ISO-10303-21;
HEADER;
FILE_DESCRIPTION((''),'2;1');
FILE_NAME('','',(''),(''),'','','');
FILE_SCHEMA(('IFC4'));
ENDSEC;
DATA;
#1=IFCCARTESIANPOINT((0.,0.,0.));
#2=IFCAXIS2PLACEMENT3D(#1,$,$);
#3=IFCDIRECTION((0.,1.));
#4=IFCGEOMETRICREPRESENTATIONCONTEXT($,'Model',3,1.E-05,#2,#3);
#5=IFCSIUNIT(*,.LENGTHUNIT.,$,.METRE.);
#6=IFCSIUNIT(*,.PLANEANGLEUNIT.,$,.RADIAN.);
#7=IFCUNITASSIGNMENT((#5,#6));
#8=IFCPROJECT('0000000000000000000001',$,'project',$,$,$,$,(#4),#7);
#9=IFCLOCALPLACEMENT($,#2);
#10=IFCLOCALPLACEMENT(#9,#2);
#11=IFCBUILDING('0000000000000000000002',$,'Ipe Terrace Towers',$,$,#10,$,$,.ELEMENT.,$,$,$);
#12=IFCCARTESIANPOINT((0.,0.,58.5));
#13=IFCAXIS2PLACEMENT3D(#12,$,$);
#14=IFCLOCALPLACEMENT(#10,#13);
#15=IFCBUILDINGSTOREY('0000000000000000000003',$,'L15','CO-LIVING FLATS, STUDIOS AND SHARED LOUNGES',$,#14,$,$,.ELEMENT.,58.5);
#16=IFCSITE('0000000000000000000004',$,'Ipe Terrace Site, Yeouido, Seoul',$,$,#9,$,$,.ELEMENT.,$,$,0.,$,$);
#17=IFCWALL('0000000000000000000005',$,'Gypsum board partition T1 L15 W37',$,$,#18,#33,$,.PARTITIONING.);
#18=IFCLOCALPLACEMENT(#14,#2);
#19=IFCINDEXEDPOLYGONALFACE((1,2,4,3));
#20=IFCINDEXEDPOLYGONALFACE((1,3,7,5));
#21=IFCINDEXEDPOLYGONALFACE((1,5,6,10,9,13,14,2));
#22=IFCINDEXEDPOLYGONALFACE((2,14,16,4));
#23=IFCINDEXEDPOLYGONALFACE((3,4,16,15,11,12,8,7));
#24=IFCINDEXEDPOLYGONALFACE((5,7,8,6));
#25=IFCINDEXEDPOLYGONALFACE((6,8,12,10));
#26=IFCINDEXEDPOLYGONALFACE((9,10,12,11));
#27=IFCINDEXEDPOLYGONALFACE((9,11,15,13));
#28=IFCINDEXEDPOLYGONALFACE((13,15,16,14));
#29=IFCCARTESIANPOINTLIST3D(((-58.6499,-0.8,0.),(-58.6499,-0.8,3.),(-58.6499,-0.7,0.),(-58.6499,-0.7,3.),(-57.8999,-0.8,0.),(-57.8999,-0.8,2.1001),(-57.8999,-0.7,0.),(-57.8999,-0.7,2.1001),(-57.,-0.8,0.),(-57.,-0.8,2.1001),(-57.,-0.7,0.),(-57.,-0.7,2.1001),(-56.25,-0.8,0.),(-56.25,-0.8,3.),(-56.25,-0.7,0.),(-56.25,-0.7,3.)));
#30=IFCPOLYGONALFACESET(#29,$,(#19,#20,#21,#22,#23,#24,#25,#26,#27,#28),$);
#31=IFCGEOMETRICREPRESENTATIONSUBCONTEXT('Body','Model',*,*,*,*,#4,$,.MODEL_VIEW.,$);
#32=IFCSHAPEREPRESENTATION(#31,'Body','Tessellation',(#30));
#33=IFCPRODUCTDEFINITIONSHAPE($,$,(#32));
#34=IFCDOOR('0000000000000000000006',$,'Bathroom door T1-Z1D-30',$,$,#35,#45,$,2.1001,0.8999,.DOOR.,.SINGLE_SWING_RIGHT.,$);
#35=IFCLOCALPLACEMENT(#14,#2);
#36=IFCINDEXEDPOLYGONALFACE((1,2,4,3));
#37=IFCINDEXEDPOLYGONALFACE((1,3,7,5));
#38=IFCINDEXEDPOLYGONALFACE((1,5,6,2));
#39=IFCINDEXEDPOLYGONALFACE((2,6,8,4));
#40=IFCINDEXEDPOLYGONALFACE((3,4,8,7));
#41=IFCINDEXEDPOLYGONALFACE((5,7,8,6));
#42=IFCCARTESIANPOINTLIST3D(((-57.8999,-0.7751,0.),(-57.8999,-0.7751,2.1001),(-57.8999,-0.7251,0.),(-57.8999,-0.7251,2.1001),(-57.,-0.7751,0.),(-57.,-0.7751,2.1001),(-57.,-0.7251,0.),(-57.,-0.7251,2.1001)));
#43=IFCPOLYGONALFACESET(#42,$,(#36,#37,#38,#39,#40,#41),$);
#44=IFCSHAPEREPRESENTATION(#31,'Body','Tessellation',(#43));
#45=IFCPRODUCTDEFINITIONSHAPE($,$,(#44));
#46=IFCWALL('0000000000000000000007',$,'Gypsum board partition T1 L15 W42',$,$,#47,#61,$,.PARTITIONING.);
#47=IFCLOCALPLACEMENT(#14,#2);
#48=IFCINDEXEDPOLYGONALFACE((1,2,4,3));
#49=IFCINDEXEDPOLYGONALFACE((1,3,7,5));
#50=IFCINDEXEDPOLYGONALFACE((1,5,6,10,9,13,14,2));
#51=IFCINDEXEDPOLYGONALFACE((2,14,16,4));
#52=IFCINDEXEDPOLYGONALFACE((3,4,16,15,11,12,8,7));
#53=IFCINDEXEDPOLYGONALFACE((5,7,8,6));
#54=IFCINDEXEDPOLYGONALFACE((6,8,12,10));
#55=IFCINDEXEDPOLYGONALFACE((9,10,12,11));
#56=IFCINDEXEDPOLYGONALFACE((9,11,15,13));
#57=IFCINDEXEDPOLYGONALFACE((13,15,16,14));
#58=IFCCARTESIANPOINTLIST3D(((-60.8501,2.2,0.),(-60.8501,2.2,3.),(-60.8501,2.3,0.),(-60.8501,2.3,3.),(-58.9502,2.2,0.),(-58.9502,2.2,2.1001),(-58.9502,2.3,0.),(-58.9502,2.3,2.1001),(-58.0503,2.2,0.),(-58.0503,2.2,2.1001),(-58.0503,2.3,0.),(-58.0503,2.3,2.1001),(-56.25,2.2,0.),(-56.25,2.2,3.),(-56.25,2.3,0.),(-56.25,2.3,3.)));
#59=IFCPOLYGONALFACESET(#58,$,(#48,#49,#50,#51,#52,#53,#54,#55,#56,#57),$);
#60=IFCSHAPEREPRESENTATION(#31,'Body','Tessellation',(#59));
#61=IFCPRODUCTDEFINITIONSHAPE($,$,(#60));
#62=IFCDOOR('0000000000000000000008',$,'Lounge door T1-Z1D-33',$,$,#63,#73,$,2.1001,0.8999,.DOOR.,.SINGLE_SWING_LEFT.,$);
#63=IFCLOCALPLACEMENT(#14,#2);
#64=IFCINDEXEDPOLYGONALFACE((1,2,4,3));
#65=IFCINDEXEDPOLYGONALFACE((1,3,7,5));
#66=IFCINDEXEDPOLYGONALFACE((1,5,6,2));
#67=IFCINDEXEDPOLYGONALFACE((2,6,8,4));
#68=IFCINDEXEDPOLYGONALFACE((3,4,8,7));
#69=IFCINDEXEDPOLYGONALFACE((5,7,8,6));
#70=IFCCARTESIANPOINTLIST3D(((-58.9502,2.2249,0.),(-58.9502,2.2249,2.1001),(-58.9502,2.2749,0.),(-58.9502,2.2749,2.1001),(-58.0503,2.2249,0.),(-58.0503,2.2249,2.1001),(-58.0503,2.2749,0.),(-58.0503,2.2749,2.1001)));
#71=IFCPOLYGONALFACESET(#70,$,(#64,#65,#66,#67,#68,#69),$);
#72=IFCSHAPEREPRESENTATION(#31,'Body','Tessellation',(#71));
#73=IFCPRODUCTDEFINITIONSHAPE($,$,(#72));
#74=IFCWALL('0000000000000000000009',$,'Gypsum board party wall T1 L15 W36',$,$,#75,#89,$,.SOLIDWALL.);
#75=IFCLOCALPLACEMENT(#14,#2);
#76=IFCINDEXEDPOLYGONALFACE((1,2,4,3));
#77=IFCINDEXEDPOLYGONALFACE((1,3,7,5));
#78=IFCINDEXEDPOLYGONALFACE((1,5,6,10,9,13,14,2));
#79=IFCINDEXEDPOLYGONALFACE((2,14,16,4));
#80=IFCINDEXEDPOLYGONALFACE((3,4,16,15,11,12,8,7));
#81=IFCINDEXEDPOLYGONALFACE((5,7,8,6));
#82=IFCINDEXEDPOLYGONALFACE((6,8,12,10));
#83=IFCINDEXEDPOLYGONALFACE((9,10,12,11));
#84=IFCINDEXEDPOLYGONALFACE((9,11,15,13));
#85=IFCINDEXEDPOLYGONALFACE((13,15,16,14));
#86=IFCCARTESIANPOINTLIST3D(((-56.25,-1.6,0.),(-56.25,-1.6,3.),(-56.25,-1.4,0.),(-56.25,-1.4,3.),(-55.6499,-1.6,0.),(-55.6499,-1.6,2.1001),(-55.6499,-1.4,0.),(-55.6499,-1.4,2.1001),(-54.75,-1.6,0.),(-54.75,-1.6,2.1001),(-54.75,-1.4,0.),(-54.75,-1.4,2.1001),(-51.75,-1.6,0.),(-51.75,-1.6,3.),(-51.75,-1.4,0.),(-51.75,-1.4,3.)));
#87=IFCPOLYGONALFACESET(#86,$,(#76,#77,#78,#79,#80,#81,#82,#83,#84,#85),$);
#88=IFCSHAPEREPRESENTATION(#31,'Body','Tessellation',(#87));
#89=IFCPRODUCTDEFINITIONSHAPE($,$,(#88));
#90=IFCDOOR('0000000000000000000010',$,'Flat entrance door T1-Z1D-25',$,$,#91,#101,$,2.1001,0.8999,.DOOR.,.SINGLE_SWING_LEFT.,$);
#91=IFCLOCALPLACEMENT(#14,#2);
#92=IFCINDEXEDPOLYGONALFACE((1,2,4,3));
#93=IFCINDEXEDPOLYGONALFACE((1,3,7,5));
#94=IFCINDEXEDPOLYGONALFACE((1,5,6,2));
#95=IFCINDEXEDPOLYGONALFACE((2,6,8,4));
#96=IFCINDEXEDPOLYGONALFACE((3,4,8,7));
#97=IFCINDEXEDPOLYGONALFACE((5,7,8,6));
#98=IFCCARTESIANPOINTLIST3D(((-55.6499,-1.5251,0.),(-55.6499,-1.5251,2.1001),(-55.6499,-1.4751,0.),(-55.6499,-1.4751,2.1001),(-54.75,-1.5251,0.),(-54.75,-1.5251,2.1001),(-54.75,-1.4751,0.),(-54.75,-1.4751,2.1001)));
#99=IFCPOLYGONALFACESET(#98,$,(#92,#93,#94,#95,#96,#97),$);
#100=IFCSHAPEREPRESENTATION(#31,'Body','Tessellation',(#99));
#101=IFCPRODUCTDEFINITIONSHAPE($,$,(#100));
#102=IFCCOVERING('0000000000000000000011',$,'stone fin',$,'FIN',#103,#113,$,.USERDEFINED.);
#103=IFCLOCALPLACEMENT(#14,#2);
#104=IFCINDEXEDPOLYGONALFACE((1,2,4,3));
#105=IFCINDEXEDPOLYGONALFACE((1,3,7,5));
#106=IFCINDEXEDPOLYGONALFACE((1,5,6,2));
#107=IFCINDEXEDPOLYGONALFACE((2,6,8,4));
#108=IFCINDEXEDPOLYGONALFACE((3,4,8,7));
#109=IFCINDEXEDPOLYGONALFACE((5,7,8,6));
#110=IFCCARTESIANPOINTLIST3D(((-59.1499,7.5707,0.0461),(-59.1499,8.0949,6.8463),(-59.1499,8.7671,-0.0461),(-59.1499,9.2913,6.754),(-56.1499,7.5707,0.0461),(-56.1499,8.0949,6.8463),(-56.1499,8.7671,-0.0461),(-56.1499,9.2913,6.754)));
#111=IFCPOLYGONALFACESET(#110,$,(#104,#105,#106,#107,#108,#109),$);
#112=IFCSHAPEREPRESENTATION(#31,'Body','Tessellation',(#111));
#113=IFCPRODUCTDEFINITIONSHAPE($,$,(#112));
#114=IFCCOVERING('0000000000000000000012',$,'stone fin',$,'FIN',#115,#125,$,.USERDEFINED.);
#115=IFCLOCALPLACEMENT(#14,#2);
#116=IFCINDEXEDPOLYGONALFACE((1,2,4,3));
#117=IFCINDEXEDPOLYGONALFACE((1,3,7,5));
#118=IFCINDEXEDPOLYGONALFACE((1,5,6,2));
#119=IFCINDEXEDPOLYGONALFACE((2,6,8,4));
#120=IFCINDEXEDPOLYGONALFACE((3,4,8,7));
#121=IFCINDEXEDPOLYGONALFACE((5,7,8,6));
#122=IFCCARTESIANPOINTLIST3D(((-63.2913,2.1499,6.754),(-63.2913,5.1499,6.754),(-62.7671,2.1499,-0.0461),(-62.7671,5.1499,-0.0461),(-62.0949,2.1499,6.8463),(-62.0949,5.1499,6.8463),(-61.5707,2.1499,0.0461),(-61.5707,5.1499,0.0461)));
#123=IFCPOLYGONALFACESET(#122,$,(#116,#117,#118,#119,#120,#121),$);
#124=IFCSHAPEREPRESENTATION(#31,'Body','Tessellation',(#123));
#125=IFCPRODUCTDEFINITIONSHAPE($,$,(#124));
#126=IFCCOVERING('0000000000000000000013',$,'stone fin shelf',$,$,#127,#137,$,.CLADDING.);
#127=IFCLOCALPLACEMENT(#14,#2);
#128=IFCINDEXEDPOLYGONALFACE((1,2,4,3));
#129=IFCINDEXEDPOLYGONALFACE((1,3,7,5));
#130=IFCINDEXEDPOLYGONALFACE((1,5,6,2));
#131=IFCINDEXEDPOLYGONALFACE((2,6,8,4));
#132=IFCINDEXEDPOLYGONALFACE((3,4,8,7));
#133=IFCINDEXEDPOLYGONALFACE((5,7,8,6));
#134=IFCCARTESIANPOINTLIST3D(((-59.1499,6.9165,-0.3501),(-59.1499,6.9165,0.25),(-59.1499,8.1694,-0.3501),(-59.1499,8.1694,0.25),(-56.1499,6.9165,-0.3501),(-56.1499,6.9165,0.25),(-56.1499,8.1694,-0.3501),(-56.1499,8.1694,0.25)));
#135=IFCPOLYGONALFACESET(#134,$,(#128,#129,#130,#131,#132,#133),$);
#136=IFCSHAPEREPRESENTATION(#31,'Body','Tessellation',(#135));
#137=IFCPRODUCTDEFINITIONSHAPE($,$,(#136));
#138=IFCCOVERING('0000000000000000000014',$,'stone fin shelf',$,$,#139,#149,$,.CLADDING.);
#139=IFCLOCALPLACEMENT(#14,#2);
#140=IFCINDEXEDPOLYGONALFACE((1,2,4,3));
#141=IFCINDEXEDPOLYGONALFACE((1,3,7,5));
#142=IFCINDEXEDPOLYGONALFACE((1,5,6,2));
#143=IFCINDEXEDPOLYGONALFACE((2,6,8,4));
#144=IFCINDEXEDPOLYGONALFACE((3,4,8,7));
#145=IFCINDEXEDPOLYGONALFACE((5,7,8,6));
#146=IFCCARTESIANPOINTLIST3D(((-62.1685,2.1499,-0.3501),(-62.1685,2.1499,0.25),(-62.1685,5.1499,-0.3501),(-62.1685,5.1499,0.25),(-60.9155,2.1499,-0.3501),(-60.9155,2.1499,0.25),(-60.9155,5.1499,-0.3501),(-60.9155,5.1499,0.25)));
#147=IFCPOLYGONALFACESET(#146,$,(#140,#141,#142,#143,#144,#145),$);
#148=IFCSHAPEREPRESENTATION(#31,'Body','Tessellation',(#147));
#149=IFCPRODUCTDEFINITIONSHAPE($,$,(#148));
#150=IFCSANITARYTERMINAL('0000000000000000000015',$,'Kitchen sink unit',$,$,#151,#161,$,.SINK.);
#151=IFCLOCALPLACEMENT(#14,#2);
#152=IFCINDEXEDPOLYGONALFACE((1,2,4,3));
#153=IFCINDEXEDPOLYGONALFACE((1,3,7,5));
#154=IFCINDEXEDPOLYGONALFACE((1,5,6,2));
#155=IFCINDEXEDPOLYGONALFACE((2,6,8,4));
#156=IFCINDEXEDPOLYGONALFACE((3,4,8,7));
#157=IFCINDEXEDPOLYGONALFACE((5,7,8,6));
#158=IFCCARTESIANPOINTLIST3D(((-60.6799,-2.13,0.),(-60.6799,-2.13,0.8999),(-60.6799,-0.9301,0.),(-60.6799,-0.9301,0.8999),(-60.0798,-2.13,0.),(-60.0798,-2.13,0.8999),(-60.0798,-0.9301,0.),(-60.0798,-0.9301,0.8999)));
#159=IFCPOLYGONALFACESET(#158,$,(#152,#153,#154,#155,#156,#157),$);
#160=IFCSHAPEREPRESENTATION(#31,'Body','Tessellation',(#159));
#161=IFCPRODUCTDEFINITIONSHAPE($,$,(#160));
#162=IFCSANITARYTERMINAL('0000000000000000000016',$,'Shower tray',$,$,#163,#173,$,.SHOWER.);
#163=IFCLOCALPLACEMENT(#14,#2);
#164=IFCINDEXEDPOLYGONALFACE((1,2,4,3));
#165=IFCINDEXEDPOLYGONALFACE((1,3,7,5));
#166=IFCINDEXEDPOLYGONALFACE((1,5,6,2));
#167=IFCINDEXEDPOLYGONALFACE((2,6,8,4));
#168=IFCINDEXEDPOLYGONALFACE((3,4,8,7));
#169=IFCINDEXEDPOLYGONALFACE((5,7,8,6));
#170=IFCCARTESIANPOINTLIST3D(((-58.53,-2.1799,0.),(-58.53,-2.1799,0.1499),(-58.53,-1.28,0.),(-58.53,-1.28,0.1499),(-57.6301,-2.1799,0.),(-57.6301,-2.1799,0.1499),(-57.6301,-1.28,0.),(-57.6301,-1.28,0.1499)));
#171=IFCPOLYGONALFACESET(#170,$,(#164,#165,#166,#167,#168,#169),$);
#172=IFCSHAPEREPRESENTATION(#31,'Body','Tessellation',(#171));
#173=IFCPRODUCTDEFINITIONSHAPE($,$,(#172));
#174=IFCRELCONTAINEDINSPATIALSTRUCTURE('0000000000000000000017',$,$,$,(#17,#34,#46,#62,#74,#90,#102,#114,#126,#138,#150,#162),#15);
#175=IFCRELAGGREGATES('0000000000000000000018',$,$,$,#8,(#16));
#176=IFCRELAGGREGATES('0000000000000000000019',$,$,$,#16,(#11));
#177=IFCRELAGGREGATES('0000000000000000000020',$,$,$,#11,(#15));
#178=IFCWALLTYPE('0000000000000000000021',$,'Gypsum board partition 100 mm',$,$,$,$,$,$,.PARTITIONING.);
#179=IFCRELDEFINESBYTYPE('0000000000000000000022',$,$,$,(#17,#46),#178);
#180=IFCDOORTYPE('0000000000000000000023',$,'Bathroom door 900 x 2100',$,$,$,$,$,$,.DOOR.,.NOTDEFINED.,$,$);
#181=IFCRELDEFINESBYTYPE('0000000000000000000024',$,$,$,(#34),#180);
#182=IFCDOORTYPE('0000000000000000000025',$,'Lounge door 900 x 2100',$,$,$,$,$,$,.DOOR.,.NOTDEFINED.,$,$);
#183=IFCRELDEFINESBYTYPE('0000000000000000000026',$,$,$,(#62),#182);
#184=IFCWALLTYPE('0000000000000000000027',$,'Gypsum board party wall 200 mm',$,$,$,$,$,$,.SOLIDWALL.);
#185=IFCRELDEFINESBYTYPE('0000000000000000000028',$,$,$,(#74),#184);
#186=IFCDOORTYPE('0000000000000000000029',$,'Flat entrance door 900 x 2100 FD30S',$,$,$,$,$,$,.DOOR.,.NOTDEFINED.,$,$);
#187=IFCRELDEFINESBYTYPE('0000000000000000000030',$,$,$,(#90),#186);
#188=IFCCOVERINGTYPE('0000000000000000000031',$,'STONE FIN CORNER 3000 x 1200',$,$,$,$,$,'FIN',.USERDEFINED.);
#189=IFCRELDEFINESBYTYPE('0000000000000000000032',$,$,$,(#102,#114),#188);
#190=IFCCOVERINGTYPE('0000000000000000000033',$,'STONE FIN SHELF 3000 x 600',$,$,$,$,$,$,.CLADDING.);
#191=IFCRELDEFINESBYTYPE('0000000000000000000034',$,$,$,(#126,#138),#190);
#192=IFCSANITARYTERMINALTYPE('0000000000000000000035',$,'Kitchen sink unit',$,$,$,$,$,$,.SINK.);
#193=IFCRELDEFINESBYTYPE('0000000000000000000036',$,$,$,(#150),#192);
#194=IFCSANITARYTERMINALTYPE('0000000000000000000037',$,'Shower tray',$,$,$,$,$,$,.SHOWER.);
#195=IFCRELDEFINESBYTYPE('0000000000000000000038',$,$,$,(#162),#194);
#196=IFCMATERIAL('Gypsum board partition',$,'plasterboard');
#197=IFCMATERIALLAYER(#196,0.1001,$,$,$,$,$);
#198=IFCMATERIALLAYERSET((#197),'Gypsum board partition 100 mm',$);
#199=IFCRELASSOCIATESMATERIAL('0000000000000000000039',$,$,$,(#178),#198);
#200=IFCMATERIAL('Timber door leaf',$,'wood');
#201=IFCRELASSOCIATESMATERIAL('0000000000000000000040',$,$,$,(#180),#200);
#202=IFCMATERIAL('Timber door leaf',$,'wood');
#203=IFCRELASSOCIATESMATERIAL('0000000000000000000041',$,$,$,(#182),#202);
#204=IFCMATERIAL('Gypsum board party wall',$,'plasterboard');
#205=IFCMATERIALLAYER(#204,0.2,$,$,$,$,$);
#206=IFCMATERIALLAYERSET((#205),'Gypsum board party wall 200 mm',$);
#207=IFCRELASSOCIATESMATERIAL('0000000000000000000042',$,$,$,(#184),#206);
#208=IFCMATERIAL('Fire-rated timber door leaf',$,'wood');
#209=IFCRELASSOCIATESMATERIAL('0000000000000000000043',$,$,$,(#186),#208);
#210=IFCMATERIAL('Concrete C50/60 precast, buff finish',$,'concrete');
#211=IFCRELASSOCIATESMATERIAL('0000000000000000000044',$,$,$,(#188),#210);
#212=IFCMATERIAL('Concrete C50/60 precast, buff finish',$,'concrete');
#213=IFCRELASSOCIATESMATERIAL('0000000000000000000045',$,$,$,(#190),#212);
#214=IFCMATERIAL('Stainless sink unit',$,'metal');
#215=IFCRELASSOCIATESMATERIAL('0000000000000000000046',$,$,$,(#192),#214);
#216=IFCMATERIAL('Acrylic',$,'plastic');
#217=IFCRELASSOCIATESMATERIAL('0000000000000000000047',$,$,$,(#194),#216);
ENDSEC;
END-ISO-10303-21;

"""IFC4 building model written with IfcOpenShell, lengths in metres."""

from ifc_helpers import new_model, si_unit, direction, frame, frame_2d, origin, origin_2d, place, context, subcontext, project, spatial, rectangle, extrude, material, layer, layer_set, material_profile, profile_set, type_object, element, fill, save


model = new_model("IFC4")

# Units and contexts
model_context = context("Model", 3, precision=1e-05, world=origin(), true_north=direction((0.0, 1.0)))
body_context = subcontext(model_context, "Body", "Model", "MODEL_VIEW")
ifc_project = project(units=[si_unit("LENGTHUNIT", "METRE"), si_unit("PLANEANGLEUNIT", "RADIAN")], contexts=[model_context])

# Site, building, storey
site_placement = place(None, origin())
site = spatial("IfcSite", under=ifc_project, at=site_placement, Name="Ipe Terrace Site, Yeouido, Seoul", CompositionType="ELEMENT", RefElevation=0.0)
building_placement = place(site_placement, origin())
building = spatial("IfcBuilding", under=site, at=building_placement, Name="Ipe Terrace Towers", CompositionType="ELEMENT")
storey_placement = place(building_placement, frame((0.0, 0.0, 58.5)))
storey = spatial("IfcBuildingStorey", under=building, at=storey_placement, Name="L15", Description="CO-LIVING FLATS, STUDIOS AND SHARED LOUNGES", CompositionType="ELEMENT", Elevation=58.5)

# Walls, openings, doors
ifc_material_1 = material(Name="Gypsum board partition", Category="plasterboard")
ifc_layer_1 = layer(ifc_material_1, 0.1001)
ifc_layer_set_1 = layer_set([ifc_layer_1], Name="Gypsum board partition 100 mm")
wall_type_1 = type_object("IfcWallType", Name="Gypsum board partition 100 mm", PredefinedType="PARTITIONING", material=ifc_layer_set_1)
wall_1_placement = place(storey_placement, frame((-58.6499, -0.75, 0.0), z_axis=(0.0, 0.0, 1.0), x_axis=(1.0, 0.0, 0.0)))
wall_1 = element("IfcWall", 1, at=wall_1_placement, inside=storey, type_object=wall_type_1, Name="Gypsum board partition T1 L15 W37", PredefinedType="PARTITIONING", context=body_context, shape_type="SweptSolid", body=[
    extrude(rectangle(XDim=2.3999, YDim=0.1001, at=frame_2d((1.2, 0.0))), origin(), (0.0, 0.0, 1.0), 3.0),
])
opening_1_placement = place(wall_1_placement, frame((0.75, 0.0, 0.0)))
opening_1 = element("IfcOpeningElement", 2, at=opening_1_placement, cuts=wall_1, PredefinedType="OPENING", context=body_context, shape_type="SweptSolid", body=[
    extrude(rectangle(XDim=0.8999, YDim=2.1001, at=frame_2d((0.45, 1.05))), frame((0.0, 0.0601, 0.0), z_axis=(0.0, -1.0, 0.0), x_axis=(1.0, 0.0, 0.0)), (0.0, 0.0, 1.0), 0.1201),
])
ifc_material_2 = material(Name="Timber door leaf", Category="wood")
door_type_1 = type_object("IfcDoorType", Name="Bathroom door 900 x 2100", OperationType="NOTDEFINED", PredefinedType="DOOR", material=ifc_material_2)
door_1_placement = place(opening_1_placement, origin())
door_1 = element("IfcDoor", 3, at=door_1_placement, inside=storey, type_object=door_type_1, Name="Bathroom door T1-Z1D-30", OperationType="SINGLE_SWING_RIGHT", OverallHeight=2.1001, OverallWidth=0.8999, PredefinedType="DOOR", context=body_context, shape_type="SweptSolid", body=[
    extrude(rectangle(XDim=0.8999, YDim=2.1001, at=frame_2d((0.45, 1.05))), frame((0.0, 0.0249, 0.0), z_axis=(0.0, -1.0, 0.0), x_axis=(1.0, 0.0, 0.0)), (0.0, 0.0, 1.0), 0.05),
])
fill(opening_1, door_1)
wall_2_placement = place(storey_placement, frame((-60.8501, 2.25, 0.0), z_axis=(0.0, 0.0, 1.0), x_axis=(1.0, 0.0, 0.0)))
wall_2 = element("IfcWall", 4, at=wall_2_placement, inside=storey, type_object=wall_type_1, Name="Gypsum board partition T1 L15 W42", PredefinedType="PARTITIONING", context=body_context, shape_type="SweptSolid", body=[
    extrude(rectangle(XDim=4.6001, YDim=0.1001, at=frame_2d((2.3, 0.0))), origin(), (0.0, 0.0, 1.0), 3.0),
])
opening_2_placement = place(wall_2_placement, frame((1.8999, 0.0, 0.0)))
opening_2 = element("IfcOpeningElement", 5, at=opening_2_placement, cuts=wall_2, PredefinedType="OPENING", context=body_context, shape_type="SweptSolid", body=[
    extrude(rectangle(XDim=0.8999, YDim=2.1001, at=frame_2d((0.45, 1.05))), frame((0.0, 0.0601, 0.0), z_axis=(0.0, -1.0, 0.0), x_axis=(1.0, 0.0, 0.0)), (0.0, 0.0, 1.0), 0.1201),
])
ifc_material_3 = material(Name="Timber door leaf", Category="wood")
door_type_2 = type_object("IfcDoorType", Name="Lounge door 900 x 2100", OperationType="NOTDEFINED", PredefinedType="DOOR", material=ifc_material_3)
door_2_placement = place(opening_2_placement, origin())
door_2 = element("IfcDoor", 6, at=door_2_placement, inside=storey, type_object=door_type_2, Name="Lounge door T1-Z1D-33", OperationType="SINGLE_SWING_LEFT", OverallHeight=2.1001, OverallWidth=0.8999, PredefinedType="DOOR", context=body_context, shape_type="SweptSolid", body=[
    extrude(rectangle(XDim=0.8999, YDim=2.1001, at=frame_2d((0.45, 1.05))), frame((0.0, 0.0249, 0.0), z_axis=(0.0, -1.0, 0.0), x_axis=(1.0, 0.0, 0.0)), (0.0, 0.0, 1.0), 0.05),
])
fill(opening_2, door_2)
ifc_material_4 = material(Name="Gypsum board party wall", Category="plasterboard")
ifc_layer_2 = layer(ifc_material_4, 0.2)
ifc_layer_set_2 = layer_set([ifc_layer_2], Name="Gypsum board party wall 200 mm")
wall_type_2 = type_object("IfcWallType", Name="Gypsum board party wall 200 mm", PredefinedType="SOLIDWALL", material=ifc_layer_set_2)
wall_3_placement = place(storey_placement, frame((-56.25, -1.5, 0.0), z_axis=(0.0, 0.0, 1.0), x_axis=(1.0, 0.0, 0.0)))
wall_3 = element("IfcWall", 7, at=wall_3_placement, inside=storey, type_object=wall_type_2, Name="Gypsum board party wall T1 L15 W36", PredefinedType="SOLIDWALL", context=body_context, shape_type="SweptSolid", body=[
    extrude(rectangle(XDim=4.5, YDim=0.2, at=frame_2d((2.25, 0.0))), origin(), (0.0, 0.0, 1.0), 3.0),
])
opening_3_placement = place(wall_3_placement, frame((0.6001, 0.0, 0.0)))
opening_3 = element("IfcOpeningElement", 8, at=opening_3_placement, cuts=wall_3, PredefinedType="OPENING", context=body_context, shape_type="SweptSolid", body=[
    extrude(rectangle(XDim=0.8999, YDim=2.1001, at=frame_2d((0.45, 1.05))), frame((0.0, 0.1099, 0.0), z_axis=(0.0, -1.0, 0.0), x_axis=(1.0, 0.0, 0.0)), (0.0, 0.0, 1.0), 0.22),
])
ifc_material_5 = material(Name="Fire-rated timber door leaf", Category="wood")
door_type_3 = type_object("IfcDoorType", Name="Flat entrance door 900 x 2100 FD30S", OperationType="NOTDEFINED", PredefinedType="DOOR", material=ifc_material_5)
door_3_placement = place(opening_3_placement, origin())
door_3 = element("IfcDoor", 9, at=door_3_placement, inside=storey, type_object=door_type_3, Name="Flat entrance door T1-Z1D-25", OperationType="SINGLE_SWING_LEFT", OverallHeight=2.1001, OverallWidth=0.8999, PredefinedType="DOOR", context=body_context, shape_type="SweptSolid", body=[
    extrude(rectangle(XDim=0.8999, YDim=2.1001, at=frame_2d((0.45, 1.05))), frame((0.0, 0.0249, 0.0), z_axis=(0.0, -1.0, 0.0), x_axis=(1.0, 0.0, 0.0)), (0.0, 0.0, 1.0), 0.05),
])
fill(opening_3, door_3)

# Coverings
ifc_material_6 = material(Name="Concrete C50/60 precast, buff finish", Category="concrete")
ifc_material_profile_1 = material_profile(ifc_material_6, rectangle(XDim=3.0, YDim=1.2, at=origin_2d()), Name="STONE FIN CORNER 3000 x 1200")
ifc_profile_set_1 = profile_set([ifc_material_profile_1], Name="Concrete C50/60 precast, buff finish")
covering_type_1 = type_object("IfcCoveringType", Name="STONE FIN CORNER 3000 x 1200", ElementType="FIN", PredefinedType="USERDEFINED", material=ifc_profile_set_1)
for number, where, z_axis, x_axis, name in (
    (10, (-57.6499, 8.1689, 0.0), (0.0, 0.076855, 0.997042), (-1.0, 0.0, 0.0), "stone fin"),
    (11, (-62.1689, 3.6499, 0.0), (-0.076855, 0.0, 0.997042), (0.0, -1.0, 0.0), "stone fin"),
):
    element("IfcCovering", number, at=place(storey_placement, frame(where, z_axis=z_axis, x_axis=x_axis)), inside=storey, type_object=covering_type_1, Name=name, ObjectType="FIN", PredefinedType="USERDEFINED", context=body_context, shape_type="SweptSolid", body=[
        extrude(rectangle(XDim=3.0, YDim=1.2, at=origin_2d()), origin(), (0.0, 0.0, 1.0), 6.8203),
    ])
ifc_material_7 = material(Name="Concrete C50/60 precast, buff finish", Category="concrete")
covering_type_2 = type_object("IfcCoveringType", Name="STONE FIN SHELF 3000 x 600", PredefinedType="CLADDING", material=ifc_material_7)
for number, where, z_axis, x_axis, name in (
    (12, (-57.6499, 7.543, -0.3501), (0.0, 0.0, 1.0), (-1.0, 0.0, 0.0), "stone fin shelf"),
    (13, (-61.542, 3.6499, -0.3501), (0.0, 0.0, 1.0), (0.0, -1.0, 0.0), "stone fin shelf"),
):
    element("IfcCovering", number, at=place(storey_placement, frame(where, z_axis=z_axis, x_axis=x_axis)), inside=storey, type_object=covering_type_2, Name=name, PredefinedType="CLADDING", context=body_context, shape_type="SweptSolid", body=[
        extrude(rectangle(XDim=3.0, YDim=1.2529, at=origin_2d()), origin(), (0.0, 0.0, 1.0), 0.6001),
    ])

# Sanitary terminals
ifc_material_8 = material(Name="Stainless sink unit", Category="metal")
sanitary_terminal_type_1 = type_object("IfcSanitaryTerminalType", Name="Kitchen sink unit", PredefinedType="SINK", material=ifc_material_8)
sanitary_terminal_1_placement = place(storey_placement, frame((-60.3799, -1.53, 0.0), z_axis=(0.0, 0.0, 1.0), x_axis=(0.0, 1.0, 0.0)))
element("IfcSanitaryTerminal", 14, at=sanitary_terminal_1_placement, inside=storey, type_object=sanitary_terminal_type_1, Name="Kitchen sink unit", PredefinedType="SINK", context=body_context, shape_type="SweptSolid", body=[
    extrude(rectangle(XDim=1.2, YDim=0.6001, at=origin_2d()), origin(), (0.0, 0.0, 1.0), 0.8999),
])
ifc_material_9 = material(Name="Acrylic", Category="plastic")
sanitary_terminal_type_2 = type_object("IfcSanitaryTerminalType", Name="Shower tray", PredefinedType="SHOWER", material=ifc_material_9)
sanitary_terminal_2_placement = place(storey_placement, frame((-58.0801, -1.73, 0.0), z_axis=(0.0, 0.0, 1.0), x_axis=(0.0, 1.0, 0.0)))
element("IfcSanitaryTerminal", 15, at=sanitary_terminal_2_placement, inside=storey, type_object=sanitary_terminal_type_2, Name="Shower tray", PredefinedType="SHOWER", context=body_context, shape_type="SweptSolid", body=[
    extrude(rectangle(XDim=0.8999, YDim=0.8999, at=origin_2d()), origin(), (0.0, 0.0, 1.0), 0.1499),
])

save(model, "model.ifc")
